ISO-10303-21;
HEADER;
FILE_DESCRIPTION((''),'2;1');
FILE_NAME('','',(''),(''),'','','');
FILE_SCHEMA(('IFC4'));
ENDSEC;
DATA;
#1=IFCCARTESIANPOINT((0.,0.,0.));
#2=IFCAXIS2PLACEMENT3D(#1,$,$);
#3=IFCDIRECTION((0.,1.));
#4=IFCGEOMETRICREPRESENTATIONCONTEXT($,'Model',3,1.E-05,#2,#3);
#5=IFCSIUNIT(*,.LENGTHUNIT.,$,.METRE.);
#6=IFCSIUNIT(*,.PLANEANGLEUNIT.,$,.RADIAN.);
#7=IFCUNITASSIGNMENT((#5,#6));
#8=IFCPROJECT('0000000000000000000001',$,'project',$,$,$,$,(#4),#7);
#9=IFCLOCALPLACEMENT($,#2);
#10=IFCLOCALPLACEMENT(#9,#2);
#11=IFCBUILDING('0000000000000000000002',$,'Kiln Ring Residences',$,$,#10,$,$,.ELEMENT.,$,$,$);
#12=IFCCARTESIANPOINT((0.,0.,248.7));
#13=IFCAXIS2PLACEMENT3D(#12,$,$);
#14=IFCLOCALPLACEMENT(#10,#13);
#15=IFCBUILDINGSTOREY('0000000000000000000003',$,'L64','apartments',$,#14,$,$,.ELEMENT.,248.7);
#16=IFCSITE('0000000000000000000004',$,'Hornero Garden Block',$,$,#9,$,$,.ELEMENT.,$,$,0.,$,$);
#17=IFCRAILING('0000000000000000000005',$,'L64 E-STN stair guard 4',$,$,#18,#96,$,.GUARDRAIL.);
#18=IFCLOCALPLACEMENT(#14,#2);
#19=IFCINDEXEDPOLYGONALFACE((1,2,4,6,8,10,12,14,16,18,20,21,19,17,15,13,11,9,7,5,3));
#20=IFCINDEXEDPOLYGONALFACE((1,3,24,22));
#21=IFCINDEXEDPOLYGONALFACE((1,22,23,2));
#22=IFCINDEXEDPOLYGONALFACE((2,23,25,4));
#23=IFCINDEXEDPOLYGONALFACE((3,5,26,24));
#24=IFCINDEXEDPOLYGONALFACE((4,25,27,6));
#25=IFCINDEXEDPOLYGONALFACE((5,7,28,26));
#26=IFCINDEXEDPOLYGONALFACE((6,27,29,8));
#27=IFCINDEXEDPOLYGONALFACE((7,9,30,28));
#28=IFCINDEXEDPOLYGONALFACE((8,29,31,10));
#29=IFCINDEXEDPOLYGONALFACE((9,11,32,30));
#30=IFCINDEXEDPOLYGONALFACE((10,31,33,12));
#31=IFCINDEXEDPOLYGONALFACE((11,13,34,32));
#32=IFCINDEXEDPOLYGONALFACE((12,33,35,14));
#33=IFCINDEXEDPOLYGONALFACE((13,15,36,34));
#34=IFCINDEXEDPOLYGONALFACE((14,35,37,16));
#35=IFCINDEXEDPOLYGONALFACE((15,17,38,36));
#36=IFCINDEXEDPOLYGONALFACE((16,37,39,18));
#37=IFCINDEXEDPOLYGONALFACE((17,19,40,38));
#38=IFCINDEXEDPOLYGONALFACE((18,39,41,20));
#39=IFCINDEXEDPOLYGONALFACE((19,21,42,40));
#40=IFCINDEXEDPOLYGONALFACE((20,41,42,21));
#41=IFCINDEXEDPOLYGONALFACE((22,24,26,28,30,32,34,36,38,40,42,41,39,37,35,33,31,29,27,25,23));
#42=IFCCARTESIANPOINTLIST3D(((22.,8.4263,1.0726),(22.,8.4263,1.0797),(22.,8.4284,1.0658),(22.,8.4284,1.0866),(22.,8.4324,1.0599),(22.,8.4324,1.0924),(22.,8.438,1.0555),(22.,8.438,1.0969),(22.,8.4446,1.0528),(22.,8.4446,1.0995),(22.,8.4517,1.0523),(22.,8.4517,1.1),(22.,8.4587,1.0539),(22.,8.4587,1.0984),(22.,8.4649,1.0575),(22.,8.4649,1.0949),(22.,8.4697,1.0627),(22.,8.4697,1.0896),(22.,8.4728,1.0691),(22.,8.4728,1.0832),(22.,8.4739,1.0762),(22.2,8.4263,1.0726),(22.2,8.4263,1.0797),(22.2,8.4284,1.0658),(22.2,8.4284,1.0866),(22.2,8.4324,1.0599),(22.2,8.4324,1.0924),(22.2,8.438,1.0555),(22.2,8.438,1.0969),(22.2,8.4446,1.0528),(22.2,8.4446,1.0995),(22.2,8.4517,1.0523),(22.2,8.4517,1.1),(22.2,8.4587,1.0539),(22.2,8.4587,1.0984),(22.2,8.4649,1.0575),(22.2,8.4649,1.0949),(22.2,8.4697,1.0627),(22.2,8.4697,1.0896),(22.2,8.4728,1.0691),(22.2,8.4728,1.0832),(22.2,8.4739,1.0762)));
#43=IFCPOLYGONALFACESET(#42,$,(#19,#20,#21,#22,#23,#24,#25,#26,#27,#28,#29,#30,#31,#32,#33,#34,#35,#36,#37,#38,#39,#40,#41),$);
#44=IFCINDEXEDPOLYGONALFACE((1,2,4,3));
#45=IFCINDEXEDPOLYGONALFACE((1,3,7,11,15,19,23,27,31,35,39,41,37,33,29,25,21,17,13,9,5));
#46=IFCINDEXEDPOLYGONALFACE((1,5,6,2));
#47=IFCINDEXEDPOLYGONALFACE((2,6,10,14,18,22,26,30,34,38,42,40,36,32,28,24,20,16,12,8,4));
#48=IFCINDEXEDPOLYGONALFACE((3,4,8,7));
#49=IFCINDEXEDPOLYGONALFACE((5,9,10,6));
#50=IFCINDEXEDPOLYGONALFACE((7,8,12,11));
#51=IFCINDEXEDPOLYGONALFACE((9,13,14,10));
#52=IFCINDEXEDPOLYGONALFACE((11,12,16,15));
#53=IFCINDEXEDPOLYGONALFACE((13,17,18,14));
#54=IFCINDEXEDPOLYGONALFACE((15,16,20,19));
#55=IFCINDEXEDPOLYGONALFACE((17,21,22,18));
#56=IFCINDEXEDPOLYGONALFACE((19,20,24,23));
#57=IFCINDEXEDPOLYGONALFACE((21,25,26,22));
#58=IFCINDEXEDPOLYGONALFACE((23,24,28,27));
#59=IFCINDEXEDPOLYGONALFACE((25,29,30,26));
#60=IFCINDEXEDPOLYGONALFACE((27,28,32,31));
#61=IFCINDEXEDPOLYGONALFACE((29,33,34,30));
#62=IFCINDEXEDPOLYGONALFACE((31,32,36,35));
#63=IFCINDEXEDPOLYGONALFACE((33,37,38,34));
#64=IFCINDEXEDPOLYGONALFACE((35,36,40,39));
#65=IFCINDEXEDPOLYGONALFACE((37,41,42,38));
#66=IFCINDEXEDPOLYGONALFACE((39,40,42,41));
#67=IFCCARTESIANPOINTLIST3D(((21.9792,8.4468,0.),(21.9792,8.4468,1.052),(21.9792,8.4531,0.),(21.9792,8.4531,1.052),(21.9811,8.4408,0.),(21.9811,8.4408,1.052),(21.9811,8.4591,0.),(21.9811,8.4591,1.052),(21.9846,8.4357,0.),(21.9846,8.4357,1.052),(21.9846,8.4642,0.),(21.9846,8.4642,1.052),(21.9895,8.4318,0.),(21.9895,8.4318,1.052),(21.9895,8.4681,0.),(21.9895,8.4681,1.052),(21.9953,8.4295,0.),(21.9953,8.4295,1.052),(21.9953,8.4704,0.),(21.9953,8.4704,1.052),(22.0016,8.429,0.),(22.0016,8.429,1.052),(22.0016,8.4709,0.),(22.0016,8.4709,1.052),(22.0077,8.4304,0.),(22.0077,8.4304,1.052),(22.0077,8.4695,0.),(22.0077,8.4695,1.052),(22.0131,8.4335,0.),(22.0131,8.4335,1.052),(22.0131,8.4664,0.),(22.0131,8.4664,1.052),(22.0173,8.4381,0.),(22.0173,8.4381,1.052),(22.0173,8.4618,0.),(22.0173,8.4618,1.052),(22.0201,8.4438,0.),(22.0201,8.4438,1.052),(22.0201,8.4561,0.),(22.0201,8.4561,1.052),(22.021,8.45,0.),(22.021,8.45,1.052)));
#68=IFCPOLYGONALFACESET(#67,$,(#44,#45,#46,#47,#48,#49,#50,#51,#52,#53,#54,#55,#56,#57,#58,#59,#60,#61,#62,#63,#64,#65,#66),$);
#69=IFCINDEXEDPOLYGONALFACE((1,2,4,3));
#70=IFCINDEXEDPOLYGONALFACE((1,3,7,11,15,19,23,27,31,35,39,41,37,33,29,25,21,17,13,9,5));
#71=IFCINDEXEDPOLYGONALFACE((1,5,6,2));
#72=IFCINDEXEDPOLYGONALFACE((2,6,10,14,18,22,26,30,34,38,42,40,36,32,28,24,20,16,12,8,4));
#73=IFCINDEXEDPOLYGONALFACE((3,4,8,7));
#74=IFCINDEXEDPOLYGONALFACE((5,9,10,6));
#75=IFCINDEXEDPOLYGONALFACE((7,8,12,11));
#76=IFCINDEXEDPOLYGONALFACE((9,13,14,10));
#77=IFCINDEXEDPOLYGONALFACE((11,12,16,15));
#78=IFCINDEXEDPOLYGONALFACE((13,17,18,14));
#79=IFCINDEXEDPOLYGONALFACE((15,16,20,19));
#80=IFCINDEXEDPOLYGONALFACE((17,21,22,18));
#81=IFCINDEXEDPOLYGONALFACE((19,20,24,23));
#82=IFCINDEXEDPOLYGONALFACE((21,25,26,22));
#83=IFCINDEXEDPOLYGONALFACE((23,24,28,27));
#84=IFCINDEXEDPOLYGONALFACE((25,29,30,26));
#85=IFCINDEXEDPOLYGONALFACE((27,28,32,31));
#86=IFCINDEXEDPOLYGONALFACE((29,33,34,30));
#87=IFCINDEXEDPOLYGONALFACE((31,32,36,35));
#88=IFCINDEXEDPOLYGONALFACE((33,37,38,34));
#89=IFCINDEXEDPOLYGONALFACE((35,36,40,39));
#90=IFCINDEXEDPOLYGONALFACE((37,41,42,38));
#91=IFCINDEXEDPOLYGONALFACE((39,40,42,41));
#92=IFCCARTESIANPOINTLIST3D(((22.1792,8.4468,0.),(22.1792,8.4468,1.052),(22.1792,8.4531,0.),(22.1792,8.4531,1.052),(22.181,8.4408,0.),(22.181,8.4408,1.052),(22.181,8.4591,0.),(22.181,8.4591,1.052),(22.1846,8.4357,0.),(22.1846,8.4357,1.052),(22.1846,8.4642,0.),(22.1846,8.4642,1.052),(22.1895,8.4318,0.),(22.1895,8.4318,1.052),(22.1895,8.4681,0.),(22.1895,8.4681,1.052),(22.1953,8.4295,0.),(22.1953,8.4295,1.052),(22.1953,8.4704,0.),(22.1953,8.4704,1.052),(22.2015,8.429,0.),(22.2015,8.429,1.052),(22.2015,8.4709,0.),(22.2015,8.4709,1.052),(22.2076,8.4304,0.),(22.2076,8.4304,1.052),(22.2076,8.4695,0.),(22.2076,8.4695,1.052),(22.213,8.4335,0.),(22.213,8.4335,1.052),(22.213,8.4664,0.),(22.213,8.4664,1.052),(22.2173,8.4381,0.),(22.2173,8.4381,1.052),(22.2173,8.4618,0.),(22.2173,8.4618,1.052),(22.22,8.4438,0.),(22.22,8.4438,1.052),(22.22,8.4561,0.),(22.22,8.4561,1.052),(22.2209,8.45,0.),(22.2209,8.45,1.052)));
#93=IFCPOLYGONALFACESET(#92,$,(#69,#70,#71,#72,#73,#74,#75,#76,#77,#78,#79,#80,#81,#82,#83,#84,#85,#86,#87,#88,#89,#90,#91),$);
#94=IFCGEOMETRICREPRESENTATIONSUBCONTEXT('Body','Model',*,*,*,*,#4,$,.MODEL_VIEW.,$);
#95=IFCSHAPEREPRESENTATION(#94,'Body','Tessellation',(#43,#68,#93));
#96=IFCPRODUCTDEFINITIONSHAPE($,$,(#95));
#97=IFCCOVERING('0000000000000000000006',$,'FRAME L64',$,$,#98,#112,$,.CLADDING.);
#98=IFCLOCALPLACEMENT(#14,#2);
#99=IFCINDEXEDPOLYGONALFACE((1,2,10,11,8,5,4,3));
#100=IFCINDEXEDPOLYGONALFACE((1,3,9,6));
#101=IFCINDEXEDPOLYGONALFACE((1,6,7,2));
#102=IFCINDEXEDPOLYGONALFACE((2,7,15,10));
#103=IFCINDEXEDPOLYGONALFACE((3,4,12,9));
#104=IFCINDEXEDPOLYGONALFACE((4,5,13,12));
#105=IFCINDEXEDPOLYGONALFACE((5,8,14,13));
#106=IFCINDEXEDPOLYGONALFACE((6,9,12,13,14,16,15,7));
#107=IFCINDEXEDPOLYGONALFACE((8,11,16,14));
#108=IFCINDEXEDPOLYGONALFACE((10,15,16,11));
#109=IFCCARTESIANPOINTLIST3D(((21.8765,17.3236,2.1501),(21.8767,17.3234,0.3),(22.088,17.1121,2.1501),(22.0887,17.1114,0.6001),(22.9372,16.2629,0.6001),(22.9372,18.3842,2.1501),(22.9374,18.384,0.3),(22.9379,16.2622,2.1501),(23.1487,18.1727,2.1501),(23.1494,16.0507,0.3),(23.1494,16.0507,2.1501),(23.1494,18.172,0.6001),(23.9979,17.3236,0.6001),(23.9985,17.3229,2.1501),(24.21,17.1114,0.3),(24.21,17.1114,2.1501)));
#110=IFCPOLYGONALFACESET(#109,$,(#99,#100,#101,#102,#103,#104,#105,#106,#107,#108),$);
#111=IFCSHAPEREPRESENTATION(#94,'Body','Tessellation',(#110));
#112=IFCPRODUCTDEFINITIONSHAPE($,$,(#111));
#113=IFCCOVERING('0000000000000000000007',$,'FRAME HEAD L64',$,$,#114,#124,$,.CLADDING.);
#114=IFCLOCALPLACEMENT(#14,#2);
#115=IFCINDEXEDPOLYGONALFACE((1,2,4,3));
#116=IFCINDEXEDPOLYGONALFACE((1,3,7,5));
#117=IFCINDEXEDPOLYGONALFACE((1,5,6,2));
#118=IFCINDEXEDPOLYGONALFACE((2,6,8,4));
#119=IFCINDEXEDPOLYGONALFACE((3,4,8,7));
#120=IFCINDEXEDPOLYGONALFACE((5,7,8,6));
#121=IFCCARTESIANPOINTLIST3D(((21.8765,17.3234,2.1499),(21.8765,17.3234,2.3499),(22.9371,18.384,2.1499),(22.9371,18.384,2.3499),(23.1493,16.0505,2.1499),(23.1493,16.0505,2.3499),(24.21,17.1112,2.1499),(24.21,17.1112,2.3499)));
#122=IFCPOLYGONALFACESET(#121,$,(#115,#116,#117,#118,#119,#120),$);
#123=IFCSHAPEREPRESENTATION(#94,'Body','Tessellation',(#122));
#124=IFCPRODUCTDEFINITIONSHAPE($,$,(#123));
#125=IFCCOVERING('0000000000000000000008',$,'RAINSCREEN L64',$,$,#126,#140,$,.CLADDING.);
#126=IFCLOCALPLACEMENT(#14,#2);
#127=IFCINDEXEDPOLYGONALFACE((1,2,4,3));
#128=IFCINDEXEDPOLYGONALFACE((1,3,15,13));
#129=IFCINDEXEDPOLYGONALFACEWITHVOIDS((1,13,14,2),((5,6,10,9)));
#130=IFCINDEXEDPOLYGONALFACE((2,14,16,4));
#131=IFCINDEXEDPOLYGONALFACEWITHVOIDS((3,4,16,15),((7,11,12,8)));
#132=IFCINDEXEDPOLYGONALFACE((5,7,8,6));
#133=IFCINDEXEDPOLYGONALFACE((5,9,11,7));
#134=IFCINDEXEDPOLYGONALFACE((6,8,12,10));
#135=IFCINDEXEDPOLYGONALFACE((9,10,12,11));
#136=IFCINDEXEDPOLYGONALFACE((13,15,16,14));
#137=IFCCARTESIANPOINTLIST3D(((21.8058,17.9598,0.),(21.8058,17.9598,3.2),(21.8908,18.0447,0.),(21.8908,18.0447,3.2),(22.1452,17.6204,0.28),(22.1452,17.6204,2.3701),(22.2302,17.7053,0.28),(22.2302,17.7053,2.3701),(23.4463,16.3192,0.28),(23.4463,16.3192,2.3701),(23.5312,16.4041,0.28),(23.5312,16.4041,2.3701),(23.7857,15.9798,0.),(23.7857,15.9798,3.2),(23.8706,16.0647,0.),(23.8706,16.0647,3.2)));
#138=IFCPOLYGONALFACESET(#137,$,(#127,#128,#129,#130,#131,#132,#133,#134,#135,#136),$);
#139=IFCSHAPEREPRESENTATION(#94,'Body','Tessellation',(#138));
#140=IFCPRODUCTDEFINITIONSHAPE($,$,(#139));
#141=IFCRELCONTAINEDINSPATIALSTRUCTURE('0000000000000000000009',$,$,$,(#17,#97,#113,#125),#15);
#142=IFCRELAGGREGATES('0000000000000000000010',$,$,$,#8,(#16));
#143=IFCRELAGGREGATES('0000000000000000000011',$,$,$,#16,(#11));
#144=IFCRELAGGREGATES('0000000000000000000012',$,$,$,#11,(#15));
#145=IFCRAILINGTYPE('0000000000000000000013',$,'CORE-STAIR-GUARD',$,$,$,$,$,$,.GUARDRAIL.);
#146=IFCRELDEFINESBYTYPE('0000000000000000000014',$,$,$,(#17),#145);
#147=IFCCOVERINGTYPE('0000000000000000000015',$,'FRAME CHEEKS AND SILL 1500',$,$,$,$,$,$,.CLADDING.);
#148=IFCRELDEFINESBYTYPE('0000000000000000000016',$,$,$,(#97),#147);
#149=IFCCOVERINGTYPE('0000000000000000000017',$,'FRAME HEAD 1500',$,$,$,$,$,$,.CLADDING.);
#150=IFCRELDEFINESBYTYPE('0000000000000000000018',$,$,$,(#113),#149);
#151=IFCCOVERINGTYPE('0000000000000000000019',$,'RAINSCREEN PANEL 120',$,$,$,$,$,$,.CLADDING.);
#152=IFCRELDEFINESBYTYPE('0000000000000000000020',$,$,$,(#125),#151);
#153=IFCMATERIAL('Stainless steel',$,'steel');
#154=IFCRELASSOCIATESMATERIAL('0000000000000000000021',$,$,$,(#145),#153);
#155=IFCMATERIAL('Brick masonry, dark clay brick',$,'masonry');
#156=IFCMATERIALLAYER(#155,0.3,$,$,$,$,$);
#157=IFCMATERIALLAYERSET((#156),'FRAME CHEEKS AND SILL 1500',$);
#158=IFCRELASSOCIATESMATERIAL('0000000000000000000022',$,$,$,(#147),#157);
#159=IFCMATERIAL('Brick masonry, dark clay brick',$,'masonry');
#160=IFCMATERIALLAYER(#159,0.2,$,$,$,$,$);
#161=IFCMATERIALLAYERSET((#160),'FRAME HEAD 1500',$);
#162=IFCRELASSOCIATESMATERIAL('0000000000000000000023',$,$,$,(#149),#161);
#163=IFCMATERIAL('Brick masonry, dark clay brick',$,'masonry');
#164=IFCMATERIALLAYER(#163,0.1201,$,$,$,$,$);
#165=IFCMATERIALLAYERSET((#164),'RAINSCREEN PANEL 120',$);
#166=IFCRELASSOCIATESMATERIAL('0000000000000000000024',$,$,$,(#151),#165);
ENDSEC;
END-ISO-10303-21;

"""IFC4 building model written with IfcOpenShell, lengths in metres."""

from ifc_helpers import new_model, si_unit, direction, frame, origin, origin_2d, place, context, subcontext, project, spatial, polyline, rectangle, circle, outline, extrude, material, layer, layer_set, type_object, element, save


model = new_model("IFC4")

# Units and contexts
model_context = context("Model", 3, precision=1e-05, world=origin(), true_north=direction((0.0, 1.0)))
body_context = subcontext(model_context, "Body", "Model", "MODEL_VIEW")
ifc_project = project(units=[si_unit("LENGTHUNIT", "METRE"), si_unit("PLANEANGLEUNIT", "RADIAN")], contexts=[model_context])

# Site, building, storey
site_placement = place(None, origin())
site = spatial("IfcSite", under=ifc_project, at=site_placement, Name="Hornero Garden Block", CompositionType="ELEMENT", RefElevation=0.0)
building_placement = place(site_placement, origin())
building = spatial("IfcBuilding", under=site, at=building_placement, Name="Kiln Ring Residences", CompositionType="ELEMENT")
storey_placement = place(building_placement, frame((0.0, 0.0, 248.7)))
storey = spatial("IfcBuildingStorey", under=building, at=storey_placement, Name="L64", Description="apartments", CompositionType="ELEMENT", Elevation=248.7)

# Railing
ifc_material_1 = material(Name="Stainless steel", Category="steel")
railing_type = type_object("IfcRailingType", Name="CORE-STAIR-GUARD", PredefinedType="GUARDRAIL", material=ifc_material_1)
railing_placement = place(storey_placement, frame((22.0, 8.45, 0.0)))
element("IfcRailing", 1, at=railing_placement, inside=storey, type_object=railing_type, Name="L64 E-STN stair guard 4", PredefinedType="GUARDRAIL", context=body_context, shape_type="SweptSolid", body=[
    extrude(circle(Radius=0.0239, at=origin_2d()), frame((0.0, 0.0, 1.0762), z_axis=(1.0, 0.0, 0.0), x_axis=(0.0, 1.0, 0.0)), (0.0, 0.0, 1.0), 0.2),
    extrude(circle(Radius=0.021, at=origin_2d()), origin(), (0.0, 0.0, 1.0), 1.052),
    extrude(circle(Radius=0.021, at=origin_2d()), frame((0.2, 0.0, 0.0)), (0.0, 0.0, 1.0), 1.052),
])

# Coverings
ifc_material_2 = material(Name="Brick masonry, dark clay brick", Category="masonry")
ifc_layer_1 = layer(ifc_material_2, 0.3)
ifc_layer_set_1 = layer_set([ifc_layer_1], Name="FRAME CHEEKS AND SILL 1500")
covering_type_1 = type_object("IfcCoveringType", Name="FRAME CHEEKS AND SILL 1500", PredefinedType="CLADDING", material=ifc_layer_set_1)
covering_1_placement = place(storey_placement, frame((23.6797, 16.5811, 0.3), z_axis=(0.0, 0.0, 1.0), x_axis=(-0.707107, 0.707107, 0.0)))
element("IfcCovering", 2, at=covering_1_placement, inside=storey, type_object=covering_type_1, Name="FRAME L64", PredefinedType="CLADDING", context=body_context, shape_type="SweptSolid", body=[
    extrude(outline(polyline([(0.0, 0.0), (1.7998, 0.0), (1.8, 1.8501), (1.501, 1.8501), (1.5, 0.3), (0.3, 0.3), (0.2991, 1.8501), (0.0, 1.8501), (0.0, 0.0)])), frame((0.0, 0.75, 0.0), z_axis=(0.0, -1.0, 0.0), x_axis=(1.0, 0.0, 0.0)), (0.0, 0.0, 1.0), 1.5),
])
ifc_material_3 = material(Name="Brick masonry, dark clay brick", Category="masonry")
ifc_layer_2 = layer(ifc_material_3, 0.2)
ifc_layer_set_2 = layer_set([ifc_layer_2], Name="FRAME HEAD 1500")
covering_type_2 = type_object("IfcCoveringType", Name="FRAME HEAD 1500", PredefinedType="CLADDING", material=ifc_layer_set_2)
covering_2_placement = place(storey_placement, frame((23.0432, 17.2173, 2.1499), z_axis=(0.0, 0.0, 1.0), x_axis=(-0.707107, 0.707107, 0.0)))
element("IfcCovering", 3, at=covering_2_placement, inside=storey, type_object=covering_type_2, Name="FRAME HEAD L64", PredefinedType="CLADDING", context=body_context, shape_type="SweptSolid", body=[
    extrude(rectangle(XDim=1.8, YDim=1.5, at=origin_2d()), origin(), (0.0, 0.0, 1.0), 0.2),
])
ifc_material_4 = material(Name="Brick masonry, dark clay brick", Category="masonry")
ifc_layer_3 = layer(ifc_material_4, 0.1201)
ifc_layer_set_3 = layer_set([ifc_layer_3], Name="RAINSCREEN PANEL 120")
covering_type_3 = type_object("IfcCoveringType", Name="RAINSCREEN PANEL 120", PredefinedType="CLADDING", material=ifc_layer_set_3)
covering_3_placement = place(storey_placement, frame((23.8281, 16.0222, 0.0), z_axis=(0.0, 0.0, 1.0), x_axis=(-0.707063, 0.70715, 0.0)))
element("IfcCovering", 4, at=covering_3_placement, inside=storey, type_object=covering_type_3, Name="RAINSCREEN L64", PredefinedType="CLADDING", context=body_context, shape_type="SweptSolid", body=[
    extrude(outline(polyline([(0.0, 0.0), (2.8, 0.0), (2.8, 3.2), (0.0, 3.2), (0.0, 0.0)]), holes=[polyline([(0.48, 2.3701), (0.48, 0.28), (2.3201, 0.28), (2.3201, 2.3701), (0.48, 2.3701)])]), frame((0.0, 0.0601, 0.0), z_axis=(0.0, -1.0, 0.0), x_axis=(1.0, 0.0, 0.0)), (0.0, 0.0, 1.0), 0.1201),
])

save(model, "model.ifc")
